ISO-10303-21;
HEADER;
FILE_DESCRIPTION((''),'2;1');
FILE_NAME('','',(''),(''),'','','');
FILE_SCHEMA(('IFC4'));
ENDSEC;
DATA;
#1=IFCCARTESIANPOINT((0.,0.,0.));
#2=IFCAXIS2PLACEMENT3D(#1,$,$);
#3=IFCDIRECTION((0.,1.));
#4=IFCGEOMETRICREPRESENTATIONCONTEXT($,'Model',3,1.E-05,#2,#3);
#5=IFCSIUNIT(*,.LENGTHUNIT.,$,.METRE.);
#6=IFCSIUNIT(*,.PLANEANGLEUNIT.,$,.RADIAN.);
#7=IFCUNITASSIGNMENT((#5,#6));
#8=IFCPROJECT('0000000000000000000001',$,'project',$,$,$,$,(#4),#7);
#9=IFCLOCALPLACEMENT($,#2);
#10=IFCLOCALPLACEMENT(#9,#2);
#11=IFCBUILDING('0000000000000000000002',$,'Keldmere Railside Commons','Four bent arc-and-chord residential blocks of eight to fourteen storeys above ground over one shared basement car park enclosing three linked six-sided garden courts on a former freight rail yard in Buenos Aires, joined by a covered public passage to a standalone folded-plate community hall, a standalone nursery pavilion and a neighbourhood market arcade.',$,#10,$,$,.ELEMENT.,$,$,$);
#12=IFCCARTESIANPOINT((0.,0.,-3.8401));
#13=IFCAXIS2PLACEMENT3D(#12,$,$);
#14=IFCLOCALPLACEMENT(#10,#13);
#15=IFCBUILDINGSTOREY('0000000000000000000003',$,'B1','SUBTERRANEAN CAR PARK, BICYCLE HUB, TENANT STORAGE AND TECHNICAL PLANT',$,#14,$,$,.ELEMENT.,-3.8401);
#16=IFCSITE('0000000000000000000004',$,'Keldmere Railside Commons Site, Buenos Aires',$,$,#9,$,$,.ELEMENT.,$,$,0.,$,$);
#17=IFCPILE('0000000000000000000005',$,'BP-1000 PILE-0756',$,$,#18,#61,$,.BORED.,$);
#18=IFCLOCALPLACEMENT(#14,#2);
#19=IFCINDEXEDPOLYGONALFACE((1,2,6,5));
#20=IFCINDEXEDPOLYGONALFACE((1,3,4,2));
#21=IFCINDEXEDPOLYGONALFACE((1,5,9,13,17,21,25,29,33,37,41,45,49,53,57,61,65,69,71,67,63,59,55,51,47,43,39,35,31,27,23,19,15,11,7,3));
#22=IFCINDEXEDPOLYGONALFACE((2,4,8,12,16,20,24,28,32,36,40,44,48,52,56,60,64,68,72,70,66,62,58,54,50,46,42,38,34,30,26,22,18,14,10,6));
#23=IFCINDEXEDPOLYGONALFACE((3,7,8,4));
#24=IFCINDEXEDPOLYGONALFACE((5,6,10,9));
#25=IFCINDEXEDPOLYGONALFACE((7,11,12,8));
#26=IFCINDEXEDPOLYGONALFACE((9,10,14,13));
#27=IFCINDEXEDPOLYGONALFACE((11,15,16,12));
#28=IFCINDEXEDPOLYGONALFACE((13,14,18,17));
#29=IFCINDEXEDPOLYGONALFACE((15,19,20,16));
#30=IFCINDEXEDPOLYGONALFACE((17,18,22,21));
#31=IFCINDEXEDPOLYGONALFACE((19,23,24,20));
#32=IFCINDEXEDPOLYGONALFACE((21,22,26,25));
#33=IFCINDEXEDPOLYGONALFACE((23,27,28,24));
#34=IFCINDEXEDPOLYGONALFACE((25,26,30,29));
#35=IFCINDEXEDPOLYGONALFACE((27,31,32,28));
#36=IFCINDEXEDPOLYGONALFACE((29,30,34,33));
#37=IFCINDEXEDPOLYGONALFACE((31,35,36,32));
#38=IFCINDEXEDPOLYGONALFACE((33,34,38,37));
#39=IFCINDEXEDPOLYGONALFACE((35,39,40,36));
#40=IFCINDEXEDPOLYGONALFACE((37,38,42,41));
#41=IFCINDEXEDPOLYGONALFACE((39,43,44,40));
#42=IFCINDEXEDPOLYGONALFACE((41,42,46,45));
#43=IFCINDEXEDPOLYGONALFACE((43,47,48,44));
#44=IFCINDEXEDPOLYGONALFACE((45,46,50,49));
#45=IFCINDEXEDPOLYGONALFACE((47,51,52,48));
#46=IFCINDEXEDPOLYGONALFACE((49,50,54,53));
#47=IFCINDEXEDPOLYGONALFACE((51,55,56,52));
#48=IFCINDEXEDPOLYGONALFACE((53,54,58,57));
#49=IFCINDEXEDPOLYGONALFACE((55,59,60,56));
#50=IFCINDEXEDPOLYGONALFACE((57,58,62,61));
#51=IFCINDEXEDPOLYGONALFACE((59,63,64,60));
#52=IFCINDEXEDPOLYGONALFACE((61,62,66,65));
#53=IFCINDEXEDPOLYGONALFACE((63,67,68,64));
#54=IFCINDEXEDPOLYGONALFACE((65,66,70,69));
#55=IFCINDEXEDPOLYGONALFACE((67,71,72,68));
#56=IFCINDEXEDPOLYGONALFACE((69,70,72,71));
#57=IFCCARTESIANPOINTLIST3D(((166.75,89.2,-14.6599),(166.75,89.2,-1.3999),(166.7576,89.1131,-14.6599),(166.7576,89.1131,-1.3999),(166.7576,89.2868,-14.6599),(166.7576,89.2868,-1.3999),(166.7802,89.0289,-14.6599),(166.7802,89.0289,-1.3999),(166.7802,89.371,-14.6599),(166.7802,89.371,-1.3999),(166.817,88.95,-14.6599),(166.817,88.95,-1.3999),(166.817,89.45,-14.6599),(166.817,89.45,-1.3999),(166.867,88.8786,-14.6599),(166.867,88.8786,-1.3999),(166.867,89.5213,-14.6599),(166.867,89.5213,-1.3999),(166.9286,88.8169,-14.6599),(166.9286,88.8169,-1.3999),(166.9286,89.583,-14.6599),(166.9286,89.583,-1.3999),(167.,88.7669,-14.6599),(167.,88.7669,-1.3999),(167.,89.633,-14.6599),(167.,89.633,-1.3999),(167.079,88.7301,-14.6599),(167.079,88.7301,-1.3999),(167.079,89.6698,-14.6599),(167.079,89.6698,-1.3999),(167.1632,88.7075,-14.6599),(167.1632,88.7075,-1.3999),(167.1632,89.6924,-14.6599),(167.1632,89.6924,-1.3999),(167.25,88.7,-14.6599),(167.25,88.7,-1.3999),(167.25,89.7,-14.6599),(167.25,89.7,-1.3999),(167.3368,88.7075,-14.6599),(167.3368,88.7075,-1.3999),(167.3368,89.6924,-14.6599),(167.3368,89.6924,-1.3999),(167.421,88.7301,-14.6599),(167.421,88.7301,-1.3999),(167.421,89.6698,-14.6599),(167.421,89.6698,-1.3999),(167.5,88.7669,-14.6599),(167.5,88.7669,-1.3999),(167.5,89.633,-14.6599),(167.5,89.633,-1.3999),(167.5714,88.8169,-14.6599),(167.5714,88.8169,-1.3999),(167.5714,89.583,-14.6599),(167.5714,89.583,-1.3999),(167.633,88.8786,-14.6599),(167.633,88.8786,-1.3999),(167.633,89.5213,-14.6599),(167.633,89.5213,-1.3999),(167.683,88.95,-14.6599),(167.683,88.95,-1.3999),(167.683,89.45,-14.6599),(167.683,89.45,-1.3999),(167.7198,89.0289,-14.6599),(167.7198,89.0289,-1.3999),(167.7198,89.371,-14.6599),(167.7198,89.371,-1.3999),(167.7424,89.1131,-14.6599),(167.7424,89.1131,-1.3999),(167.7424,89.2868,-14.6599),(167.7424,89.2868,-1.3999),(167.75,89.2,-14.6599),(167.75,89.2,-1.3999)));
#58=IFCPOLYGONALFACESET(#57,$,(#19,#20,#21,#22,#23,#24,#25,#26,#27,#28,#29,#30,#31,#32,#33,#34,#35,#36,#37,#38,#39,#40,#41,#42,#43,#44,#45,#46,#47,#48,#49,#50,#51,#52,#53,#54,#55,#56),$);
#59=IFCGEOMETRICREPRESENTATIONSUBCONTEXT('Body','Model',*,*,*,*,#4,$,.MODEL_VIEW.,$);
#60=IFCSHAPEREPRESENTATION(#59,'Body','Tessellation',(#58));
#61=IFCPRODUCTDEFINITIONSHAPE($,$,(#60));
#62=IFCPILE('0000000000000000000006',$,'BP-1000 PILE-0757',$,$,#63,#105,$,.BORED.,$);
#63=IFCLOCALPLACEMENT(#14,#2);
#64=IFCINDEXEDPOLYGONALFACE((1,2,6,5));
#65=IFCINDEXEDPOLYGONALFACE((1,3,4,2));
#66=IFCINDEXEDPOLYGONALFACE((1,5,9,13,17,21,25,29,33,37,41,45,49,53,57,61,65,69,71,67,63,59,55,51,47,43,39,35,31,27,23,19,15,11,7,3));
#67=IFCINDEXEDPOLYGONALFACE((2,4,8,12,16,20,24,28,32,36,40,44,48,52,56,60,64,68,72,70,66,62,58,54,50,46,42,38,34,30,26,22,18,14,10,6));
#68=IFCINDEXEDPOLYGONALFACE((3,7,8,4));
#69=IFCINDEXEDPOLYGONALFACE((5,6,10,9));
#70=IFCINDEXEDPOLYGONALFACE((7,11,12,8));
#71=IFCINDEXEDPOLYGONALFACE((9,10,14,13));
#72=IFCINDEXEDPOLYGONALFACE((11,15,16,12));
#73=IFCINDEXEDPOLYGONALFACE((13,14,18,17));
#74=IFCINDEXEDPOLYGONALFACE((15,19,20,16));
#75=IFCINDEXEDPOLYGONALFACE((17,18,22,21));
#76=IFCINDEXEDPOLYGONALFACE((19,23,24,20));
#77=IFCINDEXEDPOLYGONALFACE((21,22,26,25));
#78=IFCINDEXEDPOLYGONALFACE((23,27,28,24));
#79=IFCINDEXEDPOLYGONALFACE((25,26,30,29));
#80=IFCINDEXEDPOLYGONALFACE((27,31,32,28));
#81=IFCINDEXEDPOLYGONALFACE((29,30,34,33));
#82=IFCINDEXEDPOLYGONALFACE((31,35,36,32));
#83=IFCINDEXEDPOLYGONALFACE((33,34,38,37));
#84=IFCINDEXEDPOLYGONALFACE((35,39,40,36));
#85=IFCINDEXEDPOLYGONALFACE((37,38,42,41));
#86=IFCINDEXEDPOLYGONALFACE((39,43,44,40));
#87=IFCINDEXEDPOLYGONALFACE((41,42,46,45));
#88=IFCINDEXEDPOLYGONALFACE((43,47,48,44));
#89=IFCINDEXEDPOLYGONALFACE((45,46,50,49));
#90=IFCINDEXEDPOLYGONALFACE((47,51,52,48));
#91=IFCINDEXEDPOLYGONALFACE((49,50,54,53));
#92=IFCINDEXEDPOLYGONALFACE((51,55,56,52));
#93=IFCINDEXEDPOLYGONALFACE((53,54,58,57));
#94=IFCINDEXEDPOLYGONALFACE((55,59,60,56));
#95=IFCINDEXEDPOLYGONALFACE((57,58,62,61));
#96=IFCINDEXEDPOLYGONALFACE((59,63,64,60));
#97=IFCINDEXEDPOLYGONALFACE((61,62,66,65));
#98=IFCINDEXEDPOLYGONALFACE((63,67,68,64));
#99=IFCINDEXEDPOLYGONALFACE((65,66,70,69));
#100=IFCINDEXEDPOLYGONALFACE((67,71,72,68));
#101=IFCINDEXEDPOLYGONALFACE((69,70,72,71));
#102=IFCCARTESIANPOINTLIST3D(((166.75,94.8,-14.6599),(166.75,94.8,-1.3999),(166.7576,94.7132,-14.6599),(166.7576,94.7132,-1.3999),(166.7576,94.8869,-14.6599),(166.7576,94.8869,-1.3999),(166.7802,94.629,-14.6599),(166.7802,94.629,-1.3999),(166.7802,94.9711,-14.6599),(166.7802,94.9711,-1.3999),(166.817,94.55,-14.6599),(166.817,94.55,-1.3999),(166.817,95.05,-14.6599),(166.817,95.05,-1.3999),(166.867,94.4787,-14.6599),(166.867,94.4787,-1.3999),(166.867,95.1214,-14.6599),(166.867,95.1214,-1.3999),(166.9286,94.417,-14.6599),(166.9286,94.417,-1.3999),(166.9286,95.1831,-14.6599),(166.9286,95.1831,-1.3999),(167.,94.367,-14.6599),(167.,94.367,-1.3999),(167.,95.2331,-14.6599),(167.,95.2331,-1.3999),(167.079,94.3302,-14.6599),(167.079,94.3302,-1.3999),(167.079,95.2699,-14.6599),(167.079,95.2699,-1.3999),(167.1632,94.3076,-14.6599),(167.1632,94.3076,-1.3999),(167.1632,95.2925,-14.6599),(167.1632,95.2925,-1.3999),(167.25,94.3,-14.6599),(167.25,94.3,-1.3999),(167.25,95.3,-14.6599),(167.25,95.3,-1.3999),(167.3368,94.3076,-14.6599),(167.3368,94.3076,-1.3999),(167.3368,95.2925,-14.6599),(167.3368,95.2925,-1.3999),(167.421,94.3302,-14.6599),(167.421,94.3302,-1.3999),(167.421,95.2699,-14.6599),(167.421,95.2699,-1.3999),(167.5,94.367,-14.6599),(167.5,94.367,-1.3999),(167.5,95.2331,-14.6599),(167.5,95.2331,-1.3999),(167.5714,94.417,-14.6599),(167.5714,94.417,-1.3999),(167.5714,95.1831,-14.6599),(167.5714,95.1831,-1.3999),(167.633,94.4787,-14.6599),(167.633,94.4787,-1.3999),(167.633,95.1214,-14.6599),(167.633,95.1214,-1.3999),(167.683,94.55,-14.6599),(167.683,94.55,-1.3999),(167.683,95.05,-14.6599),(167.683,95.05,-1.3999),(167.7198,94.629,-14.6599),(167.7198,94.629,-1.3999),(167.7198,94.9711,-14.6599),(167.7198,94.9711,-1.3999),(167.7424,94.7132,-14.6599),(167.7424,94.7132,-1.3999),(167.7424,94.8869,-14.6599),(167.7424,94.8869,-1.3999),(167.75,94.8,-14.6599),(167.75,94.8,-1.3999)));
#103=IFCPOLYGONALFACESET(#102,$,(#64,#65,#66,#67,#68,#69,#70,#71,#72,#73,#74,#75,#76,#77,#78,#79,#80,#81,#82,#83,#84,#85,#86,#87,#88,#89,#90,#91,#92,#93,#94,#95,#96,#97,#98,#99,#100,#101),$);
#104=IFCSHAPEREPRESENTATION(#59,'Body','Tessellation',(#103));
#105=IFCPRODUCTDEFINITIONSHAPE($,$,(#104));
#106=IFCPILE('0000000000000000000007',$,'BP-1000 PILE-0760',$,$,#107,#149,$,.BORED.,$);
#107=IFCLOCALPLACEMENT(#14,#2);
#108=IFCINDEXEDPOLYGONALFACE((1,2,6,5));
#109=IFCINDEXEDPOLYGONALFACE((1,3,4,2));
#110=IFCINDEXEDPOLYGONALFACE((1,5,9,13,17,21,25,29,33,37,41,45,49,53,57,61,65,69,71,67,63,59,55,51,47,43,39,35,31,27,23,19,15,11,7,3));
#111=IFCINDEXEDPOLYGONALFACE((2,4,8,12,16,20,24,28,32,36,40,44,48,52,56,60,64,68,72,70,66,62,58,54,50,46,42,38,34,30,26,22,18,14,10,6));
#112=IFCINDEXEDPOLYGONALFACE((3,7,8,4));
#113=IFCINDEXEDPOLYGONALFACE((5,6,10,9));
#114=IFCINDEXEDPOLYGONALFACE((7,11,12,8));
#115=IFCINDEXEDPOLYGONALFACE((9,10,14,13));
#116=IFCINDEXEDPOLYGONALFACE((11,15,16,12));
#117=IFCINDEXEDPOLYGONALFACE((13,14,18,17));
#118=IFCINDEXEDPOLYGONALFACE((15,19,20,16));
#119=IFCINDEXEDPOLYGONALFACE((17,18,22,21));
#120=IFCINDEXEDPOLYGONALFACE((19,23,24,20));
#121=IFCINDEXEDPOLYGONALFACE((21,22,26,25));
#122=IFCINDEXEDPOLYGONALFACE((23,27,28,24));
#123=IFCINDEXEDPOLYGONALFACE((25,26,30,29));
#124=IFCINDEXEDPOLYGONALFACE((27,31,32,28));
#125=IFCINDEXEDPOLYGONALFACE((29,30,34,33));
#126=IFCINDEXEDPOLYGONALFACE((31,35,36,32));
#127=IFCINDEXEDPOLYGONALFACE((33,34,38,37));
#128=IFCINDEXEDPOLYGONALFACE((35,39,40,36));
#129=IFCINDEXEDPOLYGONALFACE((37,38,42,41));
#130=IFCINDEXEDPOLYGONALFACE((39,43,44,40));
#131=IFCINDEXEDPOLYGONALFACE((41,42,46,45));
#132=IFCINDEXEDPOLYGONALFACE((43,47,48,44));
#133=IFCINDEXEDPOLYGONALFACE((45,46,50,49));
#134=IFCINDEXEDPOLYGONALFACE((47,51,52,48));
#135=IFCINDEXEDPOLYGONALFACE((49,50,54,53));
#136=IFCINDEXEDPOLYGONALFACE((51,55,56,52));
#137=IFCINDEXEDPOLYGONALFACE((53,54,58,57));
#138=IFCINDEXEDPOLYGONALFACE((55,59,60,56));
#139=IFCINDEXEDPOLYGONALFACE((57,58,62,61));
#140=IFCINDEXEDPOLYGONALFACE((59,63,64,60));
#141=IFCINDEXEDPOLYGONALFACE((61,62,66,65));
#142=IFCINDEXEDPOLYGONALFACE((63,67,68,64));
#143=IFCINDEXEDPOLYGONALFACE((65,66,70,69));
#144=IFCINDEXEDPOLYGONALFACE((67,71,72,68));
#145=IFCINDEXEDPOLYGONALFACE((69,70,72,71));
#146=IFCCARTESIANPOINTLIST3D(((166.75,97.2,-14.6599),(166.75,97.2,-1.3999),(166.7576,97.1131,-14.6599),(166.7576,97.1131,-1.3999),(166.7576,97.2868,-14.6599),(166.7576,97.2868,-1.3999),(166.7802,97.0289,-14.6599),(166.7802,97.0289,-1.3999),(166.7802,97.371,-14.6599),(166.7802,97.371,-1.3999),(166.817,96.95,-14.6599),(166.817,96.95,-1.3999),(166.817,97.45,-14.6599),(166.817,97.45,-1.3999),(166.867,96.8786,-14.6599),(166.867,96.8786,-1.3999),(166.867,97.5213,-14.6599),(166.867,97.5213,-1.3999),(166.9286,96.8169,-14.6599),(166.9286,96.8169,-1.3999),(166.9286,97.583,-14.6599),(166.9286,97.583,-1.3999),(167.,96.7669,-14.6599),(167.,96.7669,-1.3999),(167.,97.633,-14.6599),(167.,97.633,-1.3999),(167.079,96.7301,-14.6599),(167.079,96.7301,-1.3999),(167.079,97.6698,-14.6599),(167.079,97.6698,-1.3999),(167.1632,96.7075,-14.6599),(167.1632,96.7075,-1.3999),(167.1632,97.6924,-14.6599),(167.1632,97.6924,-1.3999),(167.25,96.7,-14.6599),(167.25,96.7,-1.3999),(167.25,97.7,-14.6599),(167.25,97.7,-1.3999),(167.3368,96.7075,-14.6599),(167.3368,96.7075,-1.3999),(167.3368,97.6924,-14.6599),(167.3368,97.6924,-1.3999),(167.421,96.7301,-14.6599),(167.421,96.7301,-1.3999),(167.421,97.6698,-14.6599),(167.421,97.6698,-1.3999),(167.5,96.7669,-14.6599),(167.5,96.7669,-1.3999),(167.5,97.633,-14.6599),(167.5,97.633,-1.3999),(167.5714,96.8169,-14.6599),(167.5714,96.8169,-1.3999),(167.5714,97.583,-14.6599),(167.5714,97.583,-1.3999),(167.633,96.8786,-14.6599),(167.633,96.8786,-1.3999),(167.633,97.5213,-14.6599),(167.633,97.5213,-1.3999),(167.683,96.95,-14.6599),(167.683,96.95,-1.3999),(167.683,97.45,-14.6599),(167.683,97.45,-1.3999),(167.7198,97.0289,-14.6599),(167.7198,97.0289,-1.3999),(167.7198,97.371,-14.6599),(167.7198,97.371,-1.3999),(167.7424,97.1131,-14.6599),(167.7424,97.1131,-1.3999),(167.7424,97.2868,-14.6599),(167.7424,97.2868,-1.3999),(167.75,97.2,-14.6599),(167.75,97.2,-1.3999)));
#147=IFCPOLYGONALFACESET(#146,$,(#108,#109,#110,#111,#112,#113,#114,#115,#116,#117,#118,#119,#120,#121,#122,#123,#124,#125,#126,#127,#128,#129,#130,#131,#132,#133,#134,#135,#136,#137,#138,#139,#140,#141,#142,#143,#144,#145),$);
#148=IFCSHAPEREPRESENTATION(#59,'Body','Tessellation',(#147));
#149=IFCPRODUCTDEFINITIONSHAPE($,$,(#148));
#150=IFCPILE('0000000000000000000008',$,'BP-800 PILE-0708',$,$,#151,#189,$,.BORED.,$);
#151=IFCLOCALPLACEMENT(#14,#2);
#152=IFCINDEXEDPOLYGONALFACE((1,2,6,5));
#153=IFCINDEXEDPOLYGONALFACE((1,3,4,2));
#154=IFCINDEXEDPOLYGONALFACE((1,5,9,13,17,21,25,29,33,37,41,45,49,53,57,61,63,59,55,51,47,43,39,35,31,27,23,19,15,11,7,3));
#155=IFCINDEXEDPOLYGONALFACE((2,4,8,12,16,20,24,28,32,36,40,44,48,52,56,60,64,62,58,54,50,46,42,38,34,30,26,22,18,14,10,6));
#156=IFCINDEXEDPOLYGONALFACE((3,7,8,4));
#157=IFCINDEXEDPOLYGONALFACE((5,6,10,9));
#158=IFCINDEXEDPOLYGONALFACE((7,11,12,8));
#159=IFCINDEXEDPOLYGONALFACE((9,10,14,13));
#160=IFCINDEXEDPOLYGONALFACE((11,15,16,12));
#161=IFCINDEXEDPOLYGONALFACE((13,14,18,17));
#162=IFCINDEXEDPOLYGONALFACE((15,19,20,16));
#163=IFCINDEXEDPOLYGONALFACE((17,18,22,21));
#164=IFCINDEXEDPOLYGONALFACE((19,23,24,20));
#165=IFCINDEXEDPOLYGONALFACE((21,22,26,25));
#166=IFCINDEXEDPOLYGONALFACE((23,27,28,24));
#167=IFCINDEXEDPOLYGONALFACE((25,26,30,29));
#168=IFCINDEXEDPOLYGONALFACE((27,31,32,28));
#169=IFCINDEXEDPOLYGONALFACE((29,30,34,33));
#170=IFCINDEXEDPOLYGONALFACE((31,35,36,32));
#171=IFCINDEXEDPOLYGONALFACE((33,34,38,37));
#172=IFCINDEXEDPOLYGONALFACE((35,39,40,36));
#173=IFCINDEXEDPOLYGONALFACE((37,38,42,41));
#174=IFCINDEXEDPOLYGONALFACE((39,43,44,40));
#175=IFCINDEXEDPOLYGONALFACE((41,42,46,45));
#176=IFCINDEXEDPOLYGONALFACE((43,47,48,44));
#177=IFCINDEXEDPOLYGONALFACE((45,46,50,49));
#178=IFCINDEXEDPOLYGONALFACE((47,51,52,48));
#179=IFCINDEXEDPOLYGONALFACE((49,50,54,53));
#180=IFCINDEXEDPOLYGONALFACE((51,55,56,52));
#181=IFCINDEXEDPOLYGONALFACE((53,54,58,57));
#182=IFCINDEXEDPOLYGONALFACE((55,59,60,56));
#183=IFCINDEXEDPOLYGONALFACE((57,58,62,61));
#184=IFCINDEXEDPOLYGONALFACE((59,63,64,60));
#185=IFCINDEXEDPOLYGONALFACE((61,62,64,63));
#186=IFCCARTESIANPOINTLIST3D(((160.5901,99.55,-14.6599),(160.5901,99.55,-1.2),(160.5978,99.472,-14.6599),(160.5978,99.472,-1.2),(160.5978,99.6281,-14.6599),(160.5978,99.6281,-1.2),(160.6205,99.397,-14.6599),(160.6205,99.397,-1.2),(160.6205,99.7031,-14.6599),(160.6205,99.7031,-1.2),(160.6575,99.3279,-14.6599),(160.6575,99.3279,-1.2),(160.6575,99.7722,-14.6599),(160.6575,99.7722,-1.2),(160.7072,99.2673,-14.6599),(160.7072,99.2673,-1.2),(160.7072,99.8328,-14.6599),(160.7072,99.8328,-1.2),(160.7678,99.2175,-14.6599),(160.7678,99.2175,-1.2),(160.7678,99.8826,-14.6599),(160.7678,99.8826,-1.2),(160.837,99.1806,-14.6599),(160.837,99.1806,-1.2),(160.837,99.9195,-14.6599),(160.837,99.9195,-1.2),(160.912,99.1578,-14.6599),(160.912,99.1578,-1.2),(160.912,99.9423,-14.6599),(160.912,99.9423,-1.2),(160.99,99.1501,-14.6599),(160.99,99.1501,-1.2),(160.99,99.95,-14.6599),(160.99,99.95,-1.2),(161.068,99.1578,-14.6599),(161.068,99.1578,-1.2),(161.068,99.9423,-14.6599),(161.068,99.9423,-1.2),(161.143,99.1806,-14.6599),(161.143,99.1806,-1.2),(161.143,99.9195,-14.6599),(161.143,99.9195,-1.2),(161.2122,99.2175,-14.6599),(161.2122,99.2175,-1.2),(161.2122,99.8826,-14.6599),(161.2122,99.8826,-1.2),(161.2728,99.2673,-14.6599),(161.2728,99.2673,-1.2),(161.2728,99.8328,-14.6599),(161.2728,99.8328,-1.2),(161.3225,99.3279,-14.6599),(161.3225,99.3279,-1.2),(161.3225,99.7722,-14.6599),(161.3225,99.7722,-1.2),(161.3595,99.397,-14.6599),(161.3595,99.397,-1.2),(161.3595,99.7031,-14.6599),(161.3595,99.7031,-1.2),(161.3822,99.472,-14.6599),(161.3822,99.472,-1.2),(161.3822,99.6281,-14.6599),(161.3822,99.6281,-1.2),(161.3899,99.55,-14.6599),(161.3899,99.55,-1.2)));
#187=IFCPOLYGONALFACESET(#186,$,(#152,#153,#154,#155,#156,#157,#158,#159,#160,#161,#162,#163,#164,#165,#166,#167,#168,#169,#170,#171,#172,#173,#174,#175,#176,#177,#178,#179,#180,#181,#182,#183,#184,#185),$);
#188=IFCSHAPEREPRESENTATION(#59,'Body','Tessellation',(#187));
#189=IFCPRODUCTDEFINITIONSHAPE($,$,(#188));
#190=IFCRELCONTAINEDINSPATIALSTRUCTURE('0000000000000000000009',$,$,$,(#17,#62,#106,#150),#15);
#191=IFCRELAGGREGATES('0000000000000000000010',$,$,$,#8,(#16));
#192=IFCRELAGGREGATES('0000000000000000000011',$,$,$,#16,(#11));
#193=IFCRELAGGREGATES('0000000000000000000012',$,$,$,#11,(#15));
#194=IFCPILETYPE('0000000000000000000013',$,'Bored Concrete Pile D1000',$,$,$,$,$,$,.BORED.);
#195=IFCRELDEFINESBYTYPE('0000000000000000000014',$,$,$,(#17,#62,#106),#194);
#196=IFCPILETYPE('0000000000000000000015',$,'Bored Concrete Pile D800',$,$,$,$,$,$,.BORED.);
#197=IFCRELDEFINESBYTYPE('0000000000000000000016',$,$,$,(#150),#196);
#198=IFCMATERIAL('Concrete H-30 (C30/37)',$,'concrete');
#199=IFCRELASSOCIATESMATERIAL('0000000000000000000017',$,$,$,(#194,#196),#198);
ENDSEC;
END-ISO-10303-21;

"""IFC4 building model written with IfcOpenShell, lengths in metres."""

from ifc_helpers import new_model, si_unit, direction, frame, origin, origin_2d, place, context, subcontext, project, spatial, circle, extrude, material, material_profile, profile_set, type_object, element, save


model = new_model("IFC4")

# Units and contexts
model_context = context("Model", 3, precision=1e-05, world=origin(), true_north=direction((0.0, 1.0)))
body_context = subcontext(model_context, "Body", "Model", "MODEL_VIEW")
ifc_project = project(units=[si_unit("LENGTHUNIT", "METRE"), si_unit("PLANEANGLEUNIT", "RADIAN")], contexts=[model_context])

# Site, building, storey
site_placement = place(None, origin())
site = spatial("IfcSite", under=ifc_project, at=site_placement, Name="Keldmere Railside Commons Site, Buenos Aires", CompositionType="ELEMENT", RefElevation=0.0)
building_placement = place(site_placement, origin())
building = spatial("IfcBuilding", under=site, at=building_placement, Name="Keldmere Railside Commons", Description="Four bent arc-and-chord residential blocks of eight to fourteen storeys above ground over one shared basement car park enclosing three linked six-sided garden courts on a former freight rail yard in Buenos Aires, joined by a covered public passage to a standalone folded-plate community hall, a standalone nursery pavilion and a neighbourhood market arcade.", CompositionType="ELEMENT")
storey_placement = place(building_placement, frame((0.0, 0.0, -3.8401)))
storey = spatial("IfcBuildingStorey", under=building, at=storey_placement, Name="B1", Description="SUBTERRANEAN CAR PARK, BICYCLE HUB, TENANT STORAGE AND TECHNICAL PLANT", CompositionType="ELEMENT", Elevation=-3.8401)

# Piles
ifc_material_1 = material(Name="Concrete H-30 (C30/37)", Category="concrete")
ifc_material_profile_1 = material_profile(ifc_material_1, circle(Radius=0.5, at=origin_2d()), Name="PILE-D1000")
ifc_profile_set_1 = profile_set([ifc_material_profile_1], Name="Concrete H-30 (C30/37)")
pile_type_1 = type_object("IfcPileType", Name="Bored Concrete Pile D1000", PredefinedType="BORED", material=ifc_profile_set_1)
for number, where, z_axis, x_axis, name in (
    (1, (167.25, 89.2, -1.3999), (0.0, 0.0, -1.0), (1.0, 0.0, 0.0), "BP-1000 PILE-0756"),
    (2, (167.25, 94.8, -1.3999), (0.0, 0.0, -1.0), (1.0, 0.0, 0.0), "BP-1000 PILE-0757"),
    (3, (167.25, 97.2, -1.3999), (0.0, 0.0, -1.0), (1.0, 0.0, 0.0), "BP-1000 PILE-0760"),
):
    element("IfcPile", number, at=place(storey_placement, frame(where, z_axis=z_axis, x_axis=x_axis)), inside=storey, type_object=pile_type_1, Name=name, PredefinedType="BORED", context=body_context, shape_type="SweptSolid", body=[
        extrude(circle(Radius=0.5, at=origin_2d()), origin(), (0.0, 0.0, 1.0), 13.26),
    ])
ifc_material_profile_2 = material_profile(ifc_material_1, circle(Radius=0.3999, at=origin_2d()), Name="PILE-D800")
ifc_profile_set_2 = profile_set([ifc_material_profile_2], Name="Concrete H-30 (C30/37)")
pile_type_2 = type_object("IfcPileType", Name="Bored Concrete Pile D800", PredefinedType="BORED", material=ifc_profile_set_2)
for number, where, z_axis, x_axis, name in (
    (4, (160.99, 99.55, -1.2), (0.0, 0.0, -1.0), (1.0, 0.0, 0.0), "BP-800 PILE-0708"),
):
    element("IfcPile", number, at=place(storey_placement, frame(where, z_axis=z_axis, x_axis=x_axis)), inside=storey, type_object=pile_type_2, Name=name, PredefinedType="BORED", context=body_context, shape_type="SweptSolid", body=[
        extrude(circle(Radius=0.3999, at=origin_2d()), origin(), (0.0, 0.0, 1.0), 13.46),
    ])

save(model, "model.ifc")
